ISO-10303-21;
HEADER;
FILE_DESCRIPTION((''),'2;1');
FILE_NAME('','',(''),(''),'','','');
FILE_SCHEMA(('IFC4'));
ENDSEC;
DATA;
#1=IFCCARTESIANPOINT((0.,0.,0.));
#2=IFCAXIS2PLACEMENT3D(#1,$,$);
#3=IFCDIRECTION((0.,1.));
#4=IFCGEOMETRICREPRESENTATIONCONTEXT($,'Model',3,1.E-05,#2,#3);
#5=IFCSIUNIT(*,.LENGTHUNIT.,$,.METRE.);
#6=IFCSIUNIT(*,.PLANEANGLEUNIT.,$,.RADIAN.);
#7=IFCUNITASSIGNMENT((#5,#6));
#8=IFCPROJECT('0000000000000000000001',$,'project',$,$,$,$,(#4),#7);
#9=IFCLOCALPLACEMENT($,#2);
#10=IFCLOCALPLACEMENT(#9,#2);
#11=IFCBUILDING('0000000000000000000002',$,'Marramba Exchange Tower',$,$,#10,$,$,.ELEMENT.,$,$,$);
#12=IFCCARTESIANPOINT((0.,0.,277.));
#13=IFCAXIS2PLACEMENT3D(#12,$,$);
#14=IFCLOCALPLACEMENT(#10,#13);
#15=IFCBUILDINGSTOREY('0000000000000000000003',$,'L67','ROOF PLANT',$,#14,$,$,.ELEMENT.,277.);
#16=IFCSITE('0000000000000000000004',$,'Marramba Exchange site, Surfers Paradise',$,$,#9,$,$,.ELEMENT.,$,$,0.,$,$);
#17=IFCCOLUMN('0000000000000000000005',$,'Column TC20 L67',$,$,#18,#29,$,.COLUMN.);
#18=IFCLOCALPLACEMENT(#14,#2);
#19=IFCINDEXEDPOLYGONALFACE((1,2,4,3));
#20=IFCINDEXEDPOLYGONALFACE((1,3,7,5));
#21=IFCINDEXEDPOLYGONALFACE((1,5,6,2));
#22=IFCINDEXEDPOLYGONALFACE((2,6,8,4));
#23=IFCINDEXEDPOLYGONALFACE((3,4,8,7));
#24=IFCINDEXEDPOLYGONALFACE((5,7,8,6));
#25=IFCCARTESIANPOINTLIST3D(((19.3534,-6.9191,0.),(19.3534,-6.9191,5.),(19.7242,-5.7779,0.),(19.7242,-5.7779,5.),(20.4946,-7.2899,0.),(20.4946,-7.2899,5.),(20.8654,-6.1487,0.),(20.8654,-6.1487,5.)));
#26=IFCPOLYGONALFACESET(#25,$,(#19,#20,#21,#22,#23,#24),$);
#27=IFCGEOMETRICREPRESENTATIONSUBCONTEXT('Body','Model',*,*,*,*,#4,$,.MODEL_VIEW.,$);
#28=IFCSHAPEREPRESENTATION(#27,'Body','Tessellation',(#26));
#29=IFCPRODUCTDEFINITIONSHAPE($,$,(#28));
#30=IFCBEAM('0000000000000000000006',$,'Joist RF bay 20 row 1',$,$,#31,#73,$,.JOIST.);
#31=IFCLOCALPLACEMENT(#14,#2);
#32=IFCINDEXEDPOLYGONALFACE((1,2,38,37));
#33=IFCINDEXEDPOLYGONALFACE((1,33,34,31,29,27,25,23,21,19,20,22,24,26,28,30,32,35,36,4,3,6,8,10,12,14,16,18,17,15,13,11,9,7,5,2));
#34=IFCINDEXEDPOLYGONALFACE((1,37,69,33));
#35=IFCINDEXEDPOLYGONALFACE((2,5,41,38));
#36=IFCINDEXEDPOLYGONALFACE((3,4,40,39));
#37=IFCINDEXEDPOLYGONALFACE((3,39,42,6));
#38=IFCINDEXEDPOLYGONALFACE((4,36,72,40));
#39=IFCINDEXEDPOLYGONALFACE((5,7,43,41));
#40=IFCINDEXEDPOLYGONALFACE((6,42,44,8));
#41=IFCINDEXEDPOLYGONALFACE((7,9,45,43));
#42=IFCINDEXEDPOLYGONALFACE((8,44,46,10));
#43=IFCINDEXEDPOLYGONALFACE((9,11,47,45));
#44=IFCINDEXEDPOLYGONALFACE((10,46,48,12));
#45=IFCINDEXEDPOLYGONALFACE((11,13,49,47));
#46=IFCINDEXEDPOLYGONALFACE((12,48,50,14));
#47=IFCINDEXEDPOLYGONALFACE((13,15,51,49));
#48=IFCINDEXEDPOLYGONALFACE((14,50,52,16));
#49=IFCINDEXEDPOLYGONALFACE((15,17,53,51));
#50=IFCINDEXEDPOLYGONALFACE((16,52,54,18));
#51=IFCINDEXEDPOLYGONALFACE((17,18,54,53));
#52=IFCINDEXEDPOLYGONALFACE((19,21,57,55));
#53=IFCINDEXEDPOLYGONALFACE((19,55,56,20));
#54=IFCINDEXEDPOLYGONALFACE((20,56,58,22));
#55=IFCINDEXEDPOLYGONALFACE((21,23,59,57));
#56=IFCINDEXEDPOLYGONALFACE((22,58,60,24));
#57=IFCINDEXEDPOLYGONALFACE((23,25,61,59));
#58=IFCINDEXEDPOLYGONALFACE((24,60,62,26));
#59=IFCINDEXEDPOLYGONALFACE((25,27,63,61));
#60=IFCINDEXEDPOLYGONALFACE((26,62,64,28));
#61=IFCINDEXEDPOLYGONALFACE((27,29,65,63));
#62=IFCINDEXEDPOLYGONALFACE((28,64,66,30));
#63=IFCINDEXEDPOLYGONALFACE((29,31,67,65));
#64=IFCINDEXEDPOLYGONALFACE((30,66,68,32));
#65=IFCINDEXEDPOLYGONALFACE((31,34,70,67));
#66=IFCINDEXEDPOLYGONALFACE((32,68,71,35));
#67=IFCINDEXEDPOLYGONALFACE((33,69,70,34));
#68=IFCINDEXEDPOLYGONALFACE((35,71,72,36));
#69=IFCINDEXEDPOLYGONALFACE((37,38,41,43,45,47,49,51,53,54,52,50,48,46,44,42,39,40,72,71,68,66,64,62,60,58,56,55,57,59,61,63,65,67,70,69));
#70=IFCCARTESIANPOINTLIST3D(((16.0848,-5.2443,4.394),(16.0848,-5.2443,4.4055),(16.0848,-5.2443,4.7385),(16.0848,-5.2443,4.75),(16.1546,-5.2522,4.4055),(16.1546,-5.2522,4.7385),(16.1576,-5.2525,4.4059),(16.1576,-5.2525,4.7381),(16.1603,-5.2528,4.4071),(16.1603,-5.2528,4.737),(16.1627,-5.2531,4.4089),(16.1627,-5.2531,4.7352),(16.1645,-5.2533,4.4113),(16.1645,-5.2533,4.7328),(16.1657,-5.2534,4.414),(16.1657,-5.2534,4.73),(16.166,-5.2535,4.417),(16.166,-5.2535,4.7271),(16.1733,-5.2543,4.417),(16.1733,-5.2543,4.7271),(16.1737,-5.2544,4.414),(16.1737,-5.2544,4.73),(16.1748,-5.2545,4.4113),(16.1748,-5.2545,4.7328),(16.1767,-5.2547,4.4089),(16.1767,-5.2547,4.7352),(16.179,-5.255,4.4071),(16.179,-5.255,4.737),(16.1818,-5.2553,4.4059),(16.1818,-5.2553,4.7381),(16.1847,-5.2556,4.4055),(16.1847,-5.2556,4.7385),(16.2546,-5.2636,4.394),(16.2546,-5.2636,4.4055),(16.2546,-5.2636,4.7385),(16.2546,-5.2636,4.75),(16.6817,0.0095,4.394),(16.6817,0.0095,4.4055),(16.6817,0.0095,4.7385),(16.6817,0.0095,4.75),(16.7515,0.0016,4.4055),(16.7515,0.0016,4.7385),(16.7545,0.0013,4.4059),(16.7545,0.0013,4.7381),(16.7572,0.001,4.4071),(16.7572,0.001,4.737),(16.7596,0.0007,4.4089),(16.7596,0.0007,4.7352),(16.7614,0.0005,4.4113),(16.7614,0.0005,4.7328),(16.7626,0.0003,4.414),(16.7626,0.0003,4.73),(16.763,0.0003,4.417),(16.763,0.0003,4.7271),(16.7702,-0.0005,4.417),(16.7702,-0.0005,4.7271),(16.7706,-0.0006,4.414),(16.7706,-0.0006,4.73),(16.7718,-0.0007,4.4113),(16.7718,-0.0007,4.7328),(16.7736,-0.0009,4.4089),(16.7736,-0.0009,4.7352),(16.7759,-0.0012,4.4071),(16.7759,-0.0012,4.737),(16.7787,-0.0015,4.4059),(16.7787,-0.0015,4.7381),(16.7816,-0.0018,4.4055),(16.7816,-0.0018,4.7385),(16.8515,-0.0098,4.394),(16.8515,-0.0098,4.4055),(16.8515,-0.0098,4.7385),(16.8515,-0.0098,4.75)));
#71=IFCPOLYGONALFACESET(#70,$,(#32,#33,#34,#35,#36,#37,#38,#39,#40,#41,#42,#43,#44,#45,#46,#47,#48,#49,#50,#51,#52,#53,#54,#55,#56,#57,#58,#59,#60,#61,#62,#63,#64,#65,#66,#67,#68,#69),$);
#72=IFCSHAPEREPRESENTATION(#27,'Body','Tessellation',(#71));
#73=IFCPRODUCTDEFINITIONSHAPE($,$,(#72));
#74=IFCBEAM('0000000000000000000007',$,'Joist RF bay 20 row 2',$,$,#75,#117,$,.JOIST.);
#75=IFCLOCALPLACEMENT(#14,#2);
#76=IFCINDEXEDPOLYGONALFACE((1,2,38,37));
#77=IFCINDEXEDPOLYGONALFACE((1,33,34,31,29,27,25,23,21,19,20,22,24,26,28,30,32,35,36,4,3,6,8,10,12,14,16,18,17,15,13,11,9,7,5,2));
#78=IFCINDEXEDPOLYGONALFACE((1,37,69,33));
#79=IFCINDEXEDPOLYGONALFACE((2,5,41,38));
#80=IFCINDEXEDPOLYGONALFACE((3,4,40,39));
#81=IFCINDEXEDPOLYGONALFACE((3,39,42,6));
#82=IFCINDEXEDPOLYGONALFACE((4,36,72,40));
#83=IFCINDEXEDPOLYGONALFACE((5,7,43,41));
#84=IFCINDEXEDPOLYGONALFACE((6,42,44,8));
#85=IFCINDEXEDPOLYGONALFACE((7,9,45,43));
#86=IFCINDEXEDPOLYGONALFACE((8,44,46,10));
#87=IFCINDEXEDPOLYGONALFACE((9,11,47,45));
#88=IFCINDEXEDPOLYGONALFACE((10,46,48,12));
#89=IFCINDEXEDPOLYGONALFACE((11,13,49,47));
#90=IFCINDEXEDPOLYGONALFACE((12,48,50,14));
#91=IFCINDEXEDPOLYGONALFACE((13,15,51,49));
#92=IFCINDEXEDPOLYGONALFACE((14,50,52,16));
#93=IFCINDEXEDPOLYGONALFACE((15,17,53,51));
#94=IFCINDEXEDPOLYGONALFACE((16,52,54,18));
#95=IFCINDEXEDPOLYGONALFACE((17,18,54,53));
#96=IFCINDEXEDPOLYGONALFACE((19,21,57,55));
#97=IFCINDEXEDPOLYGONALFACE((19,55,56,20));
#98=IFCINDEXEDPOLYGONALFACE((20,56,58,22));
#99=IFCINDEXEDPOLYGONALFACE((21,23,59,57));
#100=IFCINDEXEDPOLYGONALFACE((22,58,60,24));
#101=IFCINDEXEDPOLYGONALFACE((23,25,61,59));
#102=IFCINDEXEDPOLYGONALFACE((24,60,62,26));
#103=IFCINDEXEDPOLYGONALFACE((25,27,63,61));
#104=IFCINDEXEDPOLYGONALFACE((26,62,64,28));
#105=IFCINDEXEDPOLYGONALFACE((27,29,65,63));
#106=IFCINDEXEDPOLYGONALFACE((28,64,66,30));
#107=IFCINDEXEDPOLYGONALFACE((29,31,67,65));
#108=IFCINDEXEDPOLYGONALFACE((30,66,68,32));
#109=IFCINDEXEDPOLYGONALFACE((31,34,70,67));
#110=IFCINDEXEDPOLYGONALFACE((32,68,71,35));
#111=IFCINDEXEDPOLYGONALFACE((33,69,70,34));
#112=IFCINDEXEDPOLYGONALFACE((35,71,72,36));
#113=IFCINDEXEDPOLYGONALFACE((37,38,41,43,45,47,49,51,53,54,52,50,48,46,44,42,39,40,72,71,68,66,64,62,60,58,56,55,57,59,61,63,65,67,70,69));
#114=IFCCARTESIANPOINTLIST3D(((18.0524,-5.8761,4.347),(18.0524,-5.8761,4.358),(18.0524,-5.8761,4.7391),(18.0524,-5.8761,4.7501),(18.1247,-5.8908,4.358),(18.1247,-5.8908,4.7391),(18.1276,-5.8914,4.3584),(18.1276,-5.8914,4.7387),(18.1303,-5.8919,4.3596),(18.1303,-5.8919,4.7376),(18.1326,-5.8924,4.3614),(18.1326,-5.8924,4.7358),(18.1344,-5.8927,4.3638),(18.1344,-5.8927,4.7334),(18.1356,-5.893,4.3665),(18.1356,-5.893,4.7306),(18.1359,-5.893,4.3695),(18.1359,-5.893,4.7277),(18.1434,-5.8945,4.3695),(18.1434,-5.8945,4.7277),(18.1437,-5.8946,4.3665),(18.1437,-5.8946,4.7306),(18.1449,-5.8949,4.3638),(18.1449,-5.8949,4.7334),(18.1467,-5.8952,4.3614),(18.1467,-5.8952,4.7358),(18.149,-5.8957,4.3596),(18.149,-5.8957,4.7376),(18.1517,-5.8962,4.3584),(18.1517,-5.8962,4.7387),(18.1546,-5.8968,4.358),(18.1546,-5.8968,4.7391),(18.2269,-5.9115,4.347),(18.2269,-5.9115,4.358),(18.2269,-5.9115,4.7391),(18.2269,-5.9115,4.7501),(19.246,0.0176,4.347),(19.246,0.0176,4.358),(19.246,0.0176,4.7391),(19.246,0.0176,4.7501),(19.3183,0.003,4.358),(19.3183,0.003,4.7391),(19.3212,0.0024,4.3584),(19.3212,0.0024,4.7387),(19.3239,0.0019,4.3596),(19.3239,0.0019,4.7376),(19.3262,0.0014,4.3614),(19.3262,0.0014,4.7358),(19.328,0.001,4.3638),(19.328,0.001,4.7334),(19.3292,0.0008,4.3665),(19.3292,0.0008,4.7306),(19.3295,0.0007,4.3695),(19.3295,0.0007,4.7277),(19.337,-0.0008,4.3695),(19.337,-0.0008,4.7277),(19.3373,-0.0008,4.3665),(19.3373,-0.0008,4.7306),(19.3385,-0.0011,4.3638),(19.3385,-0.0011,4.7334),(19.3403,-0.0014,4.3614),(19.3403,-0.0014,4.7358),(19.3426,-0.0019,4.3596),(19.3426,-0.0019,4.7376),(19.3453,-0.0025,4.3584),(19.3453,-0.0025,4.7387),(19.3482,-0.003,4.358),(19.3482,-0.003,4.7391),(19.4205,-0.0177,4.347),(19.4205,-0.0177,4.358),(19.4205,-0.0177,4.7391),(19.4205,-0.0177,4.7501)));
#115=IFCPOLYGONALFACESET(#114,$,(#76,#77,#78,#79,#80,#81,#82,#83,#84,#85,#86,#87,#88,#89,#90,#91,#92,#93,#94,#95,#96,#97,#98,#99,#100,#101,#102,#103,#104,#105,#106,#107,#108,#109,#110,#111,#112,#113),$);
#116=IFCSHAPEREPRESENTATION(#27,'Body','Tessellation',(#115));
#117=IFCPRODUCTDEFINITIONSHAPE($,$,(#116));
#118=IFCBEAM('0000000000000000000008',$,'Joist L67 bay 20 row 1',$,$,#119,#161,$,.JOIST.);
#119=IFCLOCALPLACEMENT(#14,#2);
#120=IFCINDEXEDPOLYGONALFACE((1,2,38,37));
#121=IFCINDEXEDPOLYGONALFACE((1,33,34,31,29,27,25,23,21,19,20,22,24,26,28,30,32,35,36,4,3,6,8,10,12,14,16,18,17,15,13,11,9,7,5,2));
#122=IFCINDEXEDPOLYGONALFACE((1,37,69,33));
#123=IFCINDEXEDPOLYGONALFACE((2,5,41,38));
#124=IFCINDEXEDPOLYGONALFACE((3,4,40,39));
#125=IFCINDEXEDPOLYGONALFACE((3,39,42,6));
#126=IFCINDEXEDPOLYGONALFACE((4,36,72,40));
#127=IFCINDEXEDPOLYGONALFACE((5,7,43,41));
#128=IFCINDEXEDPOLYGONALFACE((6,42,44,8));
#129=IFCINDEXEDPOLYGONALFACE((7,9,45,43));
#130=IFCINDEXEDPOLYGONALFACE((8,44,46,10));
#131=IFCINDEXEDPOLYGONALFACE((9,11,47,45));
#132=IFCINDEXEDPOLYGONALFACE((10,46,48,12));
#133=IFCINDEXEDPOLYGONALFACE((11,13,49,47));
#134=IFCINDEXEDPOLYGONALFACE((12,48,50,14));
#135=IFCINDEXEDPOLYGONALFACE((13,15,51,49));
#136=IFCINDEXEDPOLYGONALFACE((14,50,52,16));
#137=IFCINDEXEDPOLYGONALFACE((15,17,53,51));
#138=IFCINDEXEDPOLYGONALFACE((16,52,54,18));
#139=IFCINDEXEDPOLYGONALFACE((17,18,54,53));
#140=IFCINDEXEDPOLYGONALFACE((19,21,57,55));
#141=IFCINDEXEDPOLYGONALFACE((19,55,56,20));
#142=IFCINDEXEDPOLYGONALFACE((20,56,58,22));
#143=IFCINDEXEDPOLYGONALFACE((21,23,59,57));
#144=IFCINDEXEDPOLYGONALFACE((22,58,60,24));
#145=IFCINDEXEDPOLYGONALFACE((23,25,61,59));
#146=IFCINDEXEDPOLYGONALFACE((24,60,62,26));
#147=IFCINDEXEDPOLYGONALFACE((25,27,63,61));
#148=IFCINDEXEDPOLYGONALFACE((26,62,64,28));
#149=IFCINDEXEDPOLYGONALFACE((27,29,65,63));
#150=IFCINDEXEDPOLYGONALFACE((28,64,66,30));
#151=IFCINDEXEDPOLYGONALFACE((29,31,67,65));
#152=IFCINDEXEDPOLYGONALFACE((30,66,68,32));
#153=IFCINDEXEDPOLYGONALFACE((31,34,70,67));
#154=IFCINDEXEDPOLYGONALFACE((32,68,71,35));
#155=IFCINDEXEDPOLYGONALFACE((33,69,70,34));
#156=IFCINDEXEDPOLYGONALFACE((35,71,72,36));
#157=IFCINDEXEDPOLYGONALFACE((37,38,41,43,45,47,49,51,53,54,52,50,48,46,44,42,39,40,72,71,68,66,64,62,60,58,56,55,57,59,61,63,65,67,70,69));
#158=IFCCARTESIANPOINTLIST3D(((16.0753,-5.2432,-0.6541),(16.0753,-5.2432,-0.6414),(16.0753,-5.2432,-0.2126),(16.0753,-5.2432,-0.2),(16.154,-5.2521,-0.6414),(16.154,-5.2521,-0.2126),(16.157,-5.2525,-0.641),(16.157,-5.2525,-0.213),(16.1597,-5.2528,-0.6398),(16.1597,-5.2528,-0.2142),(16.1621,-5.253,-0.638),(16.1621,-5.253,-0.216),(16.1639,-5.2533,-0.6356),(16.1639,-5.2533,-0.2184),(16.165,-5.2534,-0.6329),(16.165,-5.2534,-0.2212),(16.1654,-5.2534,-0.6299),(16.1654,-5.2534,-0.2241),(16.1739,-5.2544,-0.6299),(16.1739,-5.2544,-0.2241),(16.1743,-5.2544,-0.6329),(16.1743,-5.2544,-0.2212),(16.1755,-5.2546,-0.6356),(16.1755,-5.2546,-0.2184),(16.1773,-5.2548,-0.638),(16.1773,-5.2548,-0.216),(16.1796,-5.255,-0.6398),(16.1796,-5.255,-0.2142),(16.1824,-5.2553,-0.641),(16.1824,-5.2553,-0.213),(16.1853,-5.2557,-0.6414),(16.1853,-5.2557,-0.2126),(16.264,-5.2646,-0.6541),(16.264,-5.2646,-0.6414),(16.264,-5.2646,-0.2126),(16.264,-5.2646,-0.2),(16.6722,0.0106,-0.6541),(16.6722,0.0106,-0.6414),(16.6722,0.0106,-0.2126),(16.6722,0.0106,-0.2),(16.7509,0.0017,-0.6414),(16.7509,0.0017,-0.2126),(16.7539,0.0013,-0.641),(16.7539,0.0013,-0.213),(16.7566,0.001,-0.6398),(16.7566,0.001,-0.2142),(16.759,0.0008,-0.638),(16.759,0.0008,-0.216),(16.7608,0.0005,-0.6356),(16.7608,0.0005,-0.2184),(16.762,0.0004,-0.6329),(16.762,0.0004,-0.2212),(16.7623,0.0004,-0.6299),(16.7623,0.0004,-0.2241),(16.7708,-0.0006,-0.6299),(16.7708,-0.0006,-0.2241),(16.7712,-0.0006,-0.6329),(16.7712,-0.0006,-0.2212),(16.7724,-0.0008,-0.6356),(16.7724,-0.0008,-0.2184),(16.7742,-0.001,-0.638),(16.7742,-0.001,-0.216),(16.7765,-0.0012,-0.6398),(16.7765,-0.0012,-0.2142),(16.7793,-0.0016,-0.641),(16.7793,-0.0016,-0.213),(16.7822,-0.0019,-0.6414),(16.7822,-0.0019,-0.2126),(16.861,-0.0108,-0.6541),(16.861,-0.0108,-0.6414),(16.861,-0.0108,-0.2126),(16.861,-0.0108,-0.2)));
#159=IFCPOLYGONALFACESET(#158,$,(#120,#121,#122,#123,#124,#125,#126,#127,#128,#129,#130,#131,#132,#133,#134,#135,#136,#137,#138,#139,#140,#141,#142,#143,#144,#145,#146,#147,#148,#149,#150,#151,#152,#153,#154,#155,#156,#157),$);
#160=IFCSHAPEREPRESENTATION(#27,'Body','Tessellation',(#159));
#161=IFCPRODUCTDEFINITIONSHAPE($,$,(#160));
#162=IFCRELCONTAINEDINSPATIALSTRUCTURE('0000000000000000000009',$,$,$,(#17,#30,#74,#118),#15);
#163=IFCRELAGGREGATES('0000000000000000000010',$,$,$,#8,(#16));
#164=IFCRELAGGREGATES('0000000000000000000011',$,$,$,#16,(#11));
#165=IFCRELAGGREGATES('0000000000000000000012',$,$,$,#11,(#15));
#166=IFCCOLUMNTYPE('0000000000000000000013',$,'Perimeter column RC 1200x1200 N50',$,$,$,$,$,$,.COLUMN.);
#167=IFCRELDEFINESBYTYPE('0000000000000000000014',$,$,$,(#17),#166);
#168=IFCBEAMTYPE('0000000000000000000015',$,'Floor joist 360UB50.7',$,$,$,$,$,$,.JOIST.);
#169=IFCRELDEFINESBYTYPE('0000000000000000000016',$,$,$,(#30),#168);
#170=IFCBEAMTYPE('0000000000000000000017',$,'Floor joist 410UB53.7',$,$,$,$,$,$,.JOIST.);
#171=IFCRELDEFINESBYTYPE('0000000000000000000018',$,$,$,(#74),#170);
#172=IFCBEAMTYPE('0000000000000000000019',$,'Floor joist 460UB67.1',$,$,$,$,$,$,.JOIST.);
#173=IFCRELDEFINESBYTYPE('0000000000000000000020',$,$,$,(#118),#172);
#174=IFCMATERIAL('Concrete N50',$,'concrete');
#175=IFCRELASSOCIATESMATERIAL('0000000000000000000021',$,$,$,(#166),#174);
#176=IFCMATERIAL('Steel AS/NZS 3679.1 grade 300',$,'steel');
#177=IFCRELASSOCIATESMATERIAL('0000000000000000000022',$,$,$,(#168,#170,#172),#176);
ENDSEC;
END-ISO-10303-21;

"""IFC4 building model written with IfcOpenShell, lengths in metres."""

from ifc_helpers import new_model, si_unit, direction, frame, origin, origin_2d, place, context, subcontext, project, spatial, rectangle, i_section, extrude, material, material_profile, profile_set, type_object, element, save


model = new_model("IFC4")

# Units and contexts
model_context = context("Model", 3, precision=1e-05, world=origin(), true_north=direction((0.0, 1.0)))
body_context = subcontext(model_context, "Body", "Model", "MODEL_VIEW")
ifc_project = project(units=[si_unit("LENGTHUNIT", "METRE"), si_unit("PLANEANGLEUNIT", "RADIAN")], contexts=[model_context])

# Site, building, storey
site_placement = place(None, origin())
site = spatial("IfcSite", under=ifc_project, at=site_placement, Name="Marramba Exchange site, Surfers Paradise", CompositionType="ELEMENT", RefElevation=0.0)
building_placement = place(site_placement, origin())
building = spatial("IfcBuilding", under=site, at=building_placement, Name="Marramba Exchange Tower", CompositionType="ELEMENT")
storey_placement = place(building_placement, frame((0.0, 0.0, 277.0)))
storey = spatial("IfcBuildingStorey", under=building, at=storey_placement, Name="L67", Description="ROOF PLANT", CompositionType="ELEMENT", Elevation=277.0)

# Column
ifc_material_1 = material(Name="Concrete N50", Category="concrete")
ifc_material_profile_1 = material_profile(ifc_material_1, rectangle(XDim=1.2, YDim=1.2, at=origin_2d()), Name="RC 1200x1200")
ifc_profile_set_1 = profile_set([ifc_material_profile_1], Name="Concrete N50")
column_type = type_object("IfcColumnType", Name="Perimeter column RC 1200x1200 N50", PredefinedType="COLUMN", material=ifc_profile_set_1)
column_placement = place(storey_placement, frame((20.1094, -6.5339, 0.0), z_axis=(0.0, 0.0, 1.0), x_axis=(0.951057, -0.309017, 0.0)))
element("IfcColumn", 1, at=column_placement, inside=storey, type_object=column_type, Name="Column TC20 L67", PredefinedType="COLUMN", context=body_context, shape_type="SweptSolid", body=[
    extrude(rectangle(XDim=1.2, YDim=1.2, at=origin_2d()), origin(), (0.0, 0.0, 1.0), 5.0),
])

# Beams
ifc_material_2 = material(Name="Steel AS/NZS 3679.1 grade 300", Category="steel")
ifc_material_profile_2 = material_profile(ifc_material_2, i_section(OverallWidth=0.1709, OverallDepth=0.356, WebThickness=0.0073, FlangeThickness=0.0115, FilletRadius=0.0115, at=origin_2d()), Name="360UB50.7")
ifc_profile_set_2 = profile_set([ifc_material_profile_2], Name="Steel AS/NZS 3679.1 grade 300")
beam_type_1 = type_object("IfcBeamType", Name="Floor joist 360UB50.7", PredefinedType="JOIST", material=ifc_profile_set_2)
beam_1_placement = place(storey_placement, frame((16.1697, -5.2539, 4.572), z_axis=(0.112889, 0.993608, 0.0), x_axis=(-0.993608, 0.112889, 0.0)))
element("IfcBeam", 2, at=beam_1_placement, inside=storey, type_object=beam_type_1, Name="Joist RF bay 20 row 1", PredefinedType="JOIST", context=body_context, shape_type="SweptSolid", body=[
    extrude(i_section(OverallWidth=0.1709, OverallDepth=0.356, WebThickness=0.0073, FlangeThickness=0.0115, FilletRadius=0.0115, at=origin_2d()), origin(), (0.0, 0.0, 1.0), 5.2876),
])
ifc_material_profile_3 = material_profile(ifc_material_2, i_section(OverallWidth=0.178, OverallDepth=0.4031, WebThickness=0.0076, FlangeThickness=0.011, FilletRadius=0.0115, at=origin_2d()), Name="410UB53.7")
ifc_profile_set_3 = profile_set([ifc_material_profile_3], Name="Steel AS/NZS 3679.1 grade 300")
beam_type_2 = type_object("IfcBeamType", Name="Floor joist 410UB53.7", PredefinedType="JOIST", material=ifc_profile_set_3)
beam_2_placement = place(storey_placement, frame((18.1396, -5.8938, 4.5486), z_axis=(0.198489, 0.980103, 0.0), x_axis=(-0.980103, 0.198489, 0.0)))
element("IfcBeam", 3, at=beam_2_placement, inside=storey, type_object=beam_type_2, Name="Joist RF bay 20 row 2", PredefinedType="JOIST", context=body_context, shape_type="SweptSolid", body=[
    extrude(i_section(OverallWidth=0.178, OverallDepth=0.4031, WebThickness=0.0076, FlangeThickness=0.011, FilletRadius=0.0115, at=origin_2d()), origin(), (0.0, 0.0, 1.0), 6.0134),
])
ifc_material_profile_4 = material_profile(ifc_material_2, i_section(OverallWidth=0.1899, OverallDepth=0.4541, WebThickness=0.0085, FlangeThickness=0.0127, FilletRadius=0.0115, at=origin_2d()), Name="460UB67.1")
ifc_profile_set_4 = profile_set([ifc_material_profile_4], Name="Steel AS/NZS 3679.1 grade 300")
beam_type_3 = type_object("IfcBeamType", Name="Floor joist 460UB67.1", PredefinedType="JOIST", material=ifc_profile_set_4)
beam_3_placement = place(storey_placement, frame((16.1697, -5.2539, -0.427), z_axis=(0.112889, 0.993608, 0.0), x_axis=(-0.993608, 0.112889, 0.0)))
element("IfcBeam", 4, at=beam_3_placement, inside=storey, type_object=beam_type_3, Name="Joist L67 bay 20 row 1", PredefinedType="JOIST", context=body_context, shape_type="SweptSolid", body=[
    extrude(i_section(OverallWidth=0.1899, OverallDepth=0.4541, WebThickness=0.0085, FlangeThickness=0.0127, FilletRadius=0.0115, at=origin_2d()), origin(), (0.0, 0.0, 1.0), 5.2876),
])

save(model, "model.ifc")
